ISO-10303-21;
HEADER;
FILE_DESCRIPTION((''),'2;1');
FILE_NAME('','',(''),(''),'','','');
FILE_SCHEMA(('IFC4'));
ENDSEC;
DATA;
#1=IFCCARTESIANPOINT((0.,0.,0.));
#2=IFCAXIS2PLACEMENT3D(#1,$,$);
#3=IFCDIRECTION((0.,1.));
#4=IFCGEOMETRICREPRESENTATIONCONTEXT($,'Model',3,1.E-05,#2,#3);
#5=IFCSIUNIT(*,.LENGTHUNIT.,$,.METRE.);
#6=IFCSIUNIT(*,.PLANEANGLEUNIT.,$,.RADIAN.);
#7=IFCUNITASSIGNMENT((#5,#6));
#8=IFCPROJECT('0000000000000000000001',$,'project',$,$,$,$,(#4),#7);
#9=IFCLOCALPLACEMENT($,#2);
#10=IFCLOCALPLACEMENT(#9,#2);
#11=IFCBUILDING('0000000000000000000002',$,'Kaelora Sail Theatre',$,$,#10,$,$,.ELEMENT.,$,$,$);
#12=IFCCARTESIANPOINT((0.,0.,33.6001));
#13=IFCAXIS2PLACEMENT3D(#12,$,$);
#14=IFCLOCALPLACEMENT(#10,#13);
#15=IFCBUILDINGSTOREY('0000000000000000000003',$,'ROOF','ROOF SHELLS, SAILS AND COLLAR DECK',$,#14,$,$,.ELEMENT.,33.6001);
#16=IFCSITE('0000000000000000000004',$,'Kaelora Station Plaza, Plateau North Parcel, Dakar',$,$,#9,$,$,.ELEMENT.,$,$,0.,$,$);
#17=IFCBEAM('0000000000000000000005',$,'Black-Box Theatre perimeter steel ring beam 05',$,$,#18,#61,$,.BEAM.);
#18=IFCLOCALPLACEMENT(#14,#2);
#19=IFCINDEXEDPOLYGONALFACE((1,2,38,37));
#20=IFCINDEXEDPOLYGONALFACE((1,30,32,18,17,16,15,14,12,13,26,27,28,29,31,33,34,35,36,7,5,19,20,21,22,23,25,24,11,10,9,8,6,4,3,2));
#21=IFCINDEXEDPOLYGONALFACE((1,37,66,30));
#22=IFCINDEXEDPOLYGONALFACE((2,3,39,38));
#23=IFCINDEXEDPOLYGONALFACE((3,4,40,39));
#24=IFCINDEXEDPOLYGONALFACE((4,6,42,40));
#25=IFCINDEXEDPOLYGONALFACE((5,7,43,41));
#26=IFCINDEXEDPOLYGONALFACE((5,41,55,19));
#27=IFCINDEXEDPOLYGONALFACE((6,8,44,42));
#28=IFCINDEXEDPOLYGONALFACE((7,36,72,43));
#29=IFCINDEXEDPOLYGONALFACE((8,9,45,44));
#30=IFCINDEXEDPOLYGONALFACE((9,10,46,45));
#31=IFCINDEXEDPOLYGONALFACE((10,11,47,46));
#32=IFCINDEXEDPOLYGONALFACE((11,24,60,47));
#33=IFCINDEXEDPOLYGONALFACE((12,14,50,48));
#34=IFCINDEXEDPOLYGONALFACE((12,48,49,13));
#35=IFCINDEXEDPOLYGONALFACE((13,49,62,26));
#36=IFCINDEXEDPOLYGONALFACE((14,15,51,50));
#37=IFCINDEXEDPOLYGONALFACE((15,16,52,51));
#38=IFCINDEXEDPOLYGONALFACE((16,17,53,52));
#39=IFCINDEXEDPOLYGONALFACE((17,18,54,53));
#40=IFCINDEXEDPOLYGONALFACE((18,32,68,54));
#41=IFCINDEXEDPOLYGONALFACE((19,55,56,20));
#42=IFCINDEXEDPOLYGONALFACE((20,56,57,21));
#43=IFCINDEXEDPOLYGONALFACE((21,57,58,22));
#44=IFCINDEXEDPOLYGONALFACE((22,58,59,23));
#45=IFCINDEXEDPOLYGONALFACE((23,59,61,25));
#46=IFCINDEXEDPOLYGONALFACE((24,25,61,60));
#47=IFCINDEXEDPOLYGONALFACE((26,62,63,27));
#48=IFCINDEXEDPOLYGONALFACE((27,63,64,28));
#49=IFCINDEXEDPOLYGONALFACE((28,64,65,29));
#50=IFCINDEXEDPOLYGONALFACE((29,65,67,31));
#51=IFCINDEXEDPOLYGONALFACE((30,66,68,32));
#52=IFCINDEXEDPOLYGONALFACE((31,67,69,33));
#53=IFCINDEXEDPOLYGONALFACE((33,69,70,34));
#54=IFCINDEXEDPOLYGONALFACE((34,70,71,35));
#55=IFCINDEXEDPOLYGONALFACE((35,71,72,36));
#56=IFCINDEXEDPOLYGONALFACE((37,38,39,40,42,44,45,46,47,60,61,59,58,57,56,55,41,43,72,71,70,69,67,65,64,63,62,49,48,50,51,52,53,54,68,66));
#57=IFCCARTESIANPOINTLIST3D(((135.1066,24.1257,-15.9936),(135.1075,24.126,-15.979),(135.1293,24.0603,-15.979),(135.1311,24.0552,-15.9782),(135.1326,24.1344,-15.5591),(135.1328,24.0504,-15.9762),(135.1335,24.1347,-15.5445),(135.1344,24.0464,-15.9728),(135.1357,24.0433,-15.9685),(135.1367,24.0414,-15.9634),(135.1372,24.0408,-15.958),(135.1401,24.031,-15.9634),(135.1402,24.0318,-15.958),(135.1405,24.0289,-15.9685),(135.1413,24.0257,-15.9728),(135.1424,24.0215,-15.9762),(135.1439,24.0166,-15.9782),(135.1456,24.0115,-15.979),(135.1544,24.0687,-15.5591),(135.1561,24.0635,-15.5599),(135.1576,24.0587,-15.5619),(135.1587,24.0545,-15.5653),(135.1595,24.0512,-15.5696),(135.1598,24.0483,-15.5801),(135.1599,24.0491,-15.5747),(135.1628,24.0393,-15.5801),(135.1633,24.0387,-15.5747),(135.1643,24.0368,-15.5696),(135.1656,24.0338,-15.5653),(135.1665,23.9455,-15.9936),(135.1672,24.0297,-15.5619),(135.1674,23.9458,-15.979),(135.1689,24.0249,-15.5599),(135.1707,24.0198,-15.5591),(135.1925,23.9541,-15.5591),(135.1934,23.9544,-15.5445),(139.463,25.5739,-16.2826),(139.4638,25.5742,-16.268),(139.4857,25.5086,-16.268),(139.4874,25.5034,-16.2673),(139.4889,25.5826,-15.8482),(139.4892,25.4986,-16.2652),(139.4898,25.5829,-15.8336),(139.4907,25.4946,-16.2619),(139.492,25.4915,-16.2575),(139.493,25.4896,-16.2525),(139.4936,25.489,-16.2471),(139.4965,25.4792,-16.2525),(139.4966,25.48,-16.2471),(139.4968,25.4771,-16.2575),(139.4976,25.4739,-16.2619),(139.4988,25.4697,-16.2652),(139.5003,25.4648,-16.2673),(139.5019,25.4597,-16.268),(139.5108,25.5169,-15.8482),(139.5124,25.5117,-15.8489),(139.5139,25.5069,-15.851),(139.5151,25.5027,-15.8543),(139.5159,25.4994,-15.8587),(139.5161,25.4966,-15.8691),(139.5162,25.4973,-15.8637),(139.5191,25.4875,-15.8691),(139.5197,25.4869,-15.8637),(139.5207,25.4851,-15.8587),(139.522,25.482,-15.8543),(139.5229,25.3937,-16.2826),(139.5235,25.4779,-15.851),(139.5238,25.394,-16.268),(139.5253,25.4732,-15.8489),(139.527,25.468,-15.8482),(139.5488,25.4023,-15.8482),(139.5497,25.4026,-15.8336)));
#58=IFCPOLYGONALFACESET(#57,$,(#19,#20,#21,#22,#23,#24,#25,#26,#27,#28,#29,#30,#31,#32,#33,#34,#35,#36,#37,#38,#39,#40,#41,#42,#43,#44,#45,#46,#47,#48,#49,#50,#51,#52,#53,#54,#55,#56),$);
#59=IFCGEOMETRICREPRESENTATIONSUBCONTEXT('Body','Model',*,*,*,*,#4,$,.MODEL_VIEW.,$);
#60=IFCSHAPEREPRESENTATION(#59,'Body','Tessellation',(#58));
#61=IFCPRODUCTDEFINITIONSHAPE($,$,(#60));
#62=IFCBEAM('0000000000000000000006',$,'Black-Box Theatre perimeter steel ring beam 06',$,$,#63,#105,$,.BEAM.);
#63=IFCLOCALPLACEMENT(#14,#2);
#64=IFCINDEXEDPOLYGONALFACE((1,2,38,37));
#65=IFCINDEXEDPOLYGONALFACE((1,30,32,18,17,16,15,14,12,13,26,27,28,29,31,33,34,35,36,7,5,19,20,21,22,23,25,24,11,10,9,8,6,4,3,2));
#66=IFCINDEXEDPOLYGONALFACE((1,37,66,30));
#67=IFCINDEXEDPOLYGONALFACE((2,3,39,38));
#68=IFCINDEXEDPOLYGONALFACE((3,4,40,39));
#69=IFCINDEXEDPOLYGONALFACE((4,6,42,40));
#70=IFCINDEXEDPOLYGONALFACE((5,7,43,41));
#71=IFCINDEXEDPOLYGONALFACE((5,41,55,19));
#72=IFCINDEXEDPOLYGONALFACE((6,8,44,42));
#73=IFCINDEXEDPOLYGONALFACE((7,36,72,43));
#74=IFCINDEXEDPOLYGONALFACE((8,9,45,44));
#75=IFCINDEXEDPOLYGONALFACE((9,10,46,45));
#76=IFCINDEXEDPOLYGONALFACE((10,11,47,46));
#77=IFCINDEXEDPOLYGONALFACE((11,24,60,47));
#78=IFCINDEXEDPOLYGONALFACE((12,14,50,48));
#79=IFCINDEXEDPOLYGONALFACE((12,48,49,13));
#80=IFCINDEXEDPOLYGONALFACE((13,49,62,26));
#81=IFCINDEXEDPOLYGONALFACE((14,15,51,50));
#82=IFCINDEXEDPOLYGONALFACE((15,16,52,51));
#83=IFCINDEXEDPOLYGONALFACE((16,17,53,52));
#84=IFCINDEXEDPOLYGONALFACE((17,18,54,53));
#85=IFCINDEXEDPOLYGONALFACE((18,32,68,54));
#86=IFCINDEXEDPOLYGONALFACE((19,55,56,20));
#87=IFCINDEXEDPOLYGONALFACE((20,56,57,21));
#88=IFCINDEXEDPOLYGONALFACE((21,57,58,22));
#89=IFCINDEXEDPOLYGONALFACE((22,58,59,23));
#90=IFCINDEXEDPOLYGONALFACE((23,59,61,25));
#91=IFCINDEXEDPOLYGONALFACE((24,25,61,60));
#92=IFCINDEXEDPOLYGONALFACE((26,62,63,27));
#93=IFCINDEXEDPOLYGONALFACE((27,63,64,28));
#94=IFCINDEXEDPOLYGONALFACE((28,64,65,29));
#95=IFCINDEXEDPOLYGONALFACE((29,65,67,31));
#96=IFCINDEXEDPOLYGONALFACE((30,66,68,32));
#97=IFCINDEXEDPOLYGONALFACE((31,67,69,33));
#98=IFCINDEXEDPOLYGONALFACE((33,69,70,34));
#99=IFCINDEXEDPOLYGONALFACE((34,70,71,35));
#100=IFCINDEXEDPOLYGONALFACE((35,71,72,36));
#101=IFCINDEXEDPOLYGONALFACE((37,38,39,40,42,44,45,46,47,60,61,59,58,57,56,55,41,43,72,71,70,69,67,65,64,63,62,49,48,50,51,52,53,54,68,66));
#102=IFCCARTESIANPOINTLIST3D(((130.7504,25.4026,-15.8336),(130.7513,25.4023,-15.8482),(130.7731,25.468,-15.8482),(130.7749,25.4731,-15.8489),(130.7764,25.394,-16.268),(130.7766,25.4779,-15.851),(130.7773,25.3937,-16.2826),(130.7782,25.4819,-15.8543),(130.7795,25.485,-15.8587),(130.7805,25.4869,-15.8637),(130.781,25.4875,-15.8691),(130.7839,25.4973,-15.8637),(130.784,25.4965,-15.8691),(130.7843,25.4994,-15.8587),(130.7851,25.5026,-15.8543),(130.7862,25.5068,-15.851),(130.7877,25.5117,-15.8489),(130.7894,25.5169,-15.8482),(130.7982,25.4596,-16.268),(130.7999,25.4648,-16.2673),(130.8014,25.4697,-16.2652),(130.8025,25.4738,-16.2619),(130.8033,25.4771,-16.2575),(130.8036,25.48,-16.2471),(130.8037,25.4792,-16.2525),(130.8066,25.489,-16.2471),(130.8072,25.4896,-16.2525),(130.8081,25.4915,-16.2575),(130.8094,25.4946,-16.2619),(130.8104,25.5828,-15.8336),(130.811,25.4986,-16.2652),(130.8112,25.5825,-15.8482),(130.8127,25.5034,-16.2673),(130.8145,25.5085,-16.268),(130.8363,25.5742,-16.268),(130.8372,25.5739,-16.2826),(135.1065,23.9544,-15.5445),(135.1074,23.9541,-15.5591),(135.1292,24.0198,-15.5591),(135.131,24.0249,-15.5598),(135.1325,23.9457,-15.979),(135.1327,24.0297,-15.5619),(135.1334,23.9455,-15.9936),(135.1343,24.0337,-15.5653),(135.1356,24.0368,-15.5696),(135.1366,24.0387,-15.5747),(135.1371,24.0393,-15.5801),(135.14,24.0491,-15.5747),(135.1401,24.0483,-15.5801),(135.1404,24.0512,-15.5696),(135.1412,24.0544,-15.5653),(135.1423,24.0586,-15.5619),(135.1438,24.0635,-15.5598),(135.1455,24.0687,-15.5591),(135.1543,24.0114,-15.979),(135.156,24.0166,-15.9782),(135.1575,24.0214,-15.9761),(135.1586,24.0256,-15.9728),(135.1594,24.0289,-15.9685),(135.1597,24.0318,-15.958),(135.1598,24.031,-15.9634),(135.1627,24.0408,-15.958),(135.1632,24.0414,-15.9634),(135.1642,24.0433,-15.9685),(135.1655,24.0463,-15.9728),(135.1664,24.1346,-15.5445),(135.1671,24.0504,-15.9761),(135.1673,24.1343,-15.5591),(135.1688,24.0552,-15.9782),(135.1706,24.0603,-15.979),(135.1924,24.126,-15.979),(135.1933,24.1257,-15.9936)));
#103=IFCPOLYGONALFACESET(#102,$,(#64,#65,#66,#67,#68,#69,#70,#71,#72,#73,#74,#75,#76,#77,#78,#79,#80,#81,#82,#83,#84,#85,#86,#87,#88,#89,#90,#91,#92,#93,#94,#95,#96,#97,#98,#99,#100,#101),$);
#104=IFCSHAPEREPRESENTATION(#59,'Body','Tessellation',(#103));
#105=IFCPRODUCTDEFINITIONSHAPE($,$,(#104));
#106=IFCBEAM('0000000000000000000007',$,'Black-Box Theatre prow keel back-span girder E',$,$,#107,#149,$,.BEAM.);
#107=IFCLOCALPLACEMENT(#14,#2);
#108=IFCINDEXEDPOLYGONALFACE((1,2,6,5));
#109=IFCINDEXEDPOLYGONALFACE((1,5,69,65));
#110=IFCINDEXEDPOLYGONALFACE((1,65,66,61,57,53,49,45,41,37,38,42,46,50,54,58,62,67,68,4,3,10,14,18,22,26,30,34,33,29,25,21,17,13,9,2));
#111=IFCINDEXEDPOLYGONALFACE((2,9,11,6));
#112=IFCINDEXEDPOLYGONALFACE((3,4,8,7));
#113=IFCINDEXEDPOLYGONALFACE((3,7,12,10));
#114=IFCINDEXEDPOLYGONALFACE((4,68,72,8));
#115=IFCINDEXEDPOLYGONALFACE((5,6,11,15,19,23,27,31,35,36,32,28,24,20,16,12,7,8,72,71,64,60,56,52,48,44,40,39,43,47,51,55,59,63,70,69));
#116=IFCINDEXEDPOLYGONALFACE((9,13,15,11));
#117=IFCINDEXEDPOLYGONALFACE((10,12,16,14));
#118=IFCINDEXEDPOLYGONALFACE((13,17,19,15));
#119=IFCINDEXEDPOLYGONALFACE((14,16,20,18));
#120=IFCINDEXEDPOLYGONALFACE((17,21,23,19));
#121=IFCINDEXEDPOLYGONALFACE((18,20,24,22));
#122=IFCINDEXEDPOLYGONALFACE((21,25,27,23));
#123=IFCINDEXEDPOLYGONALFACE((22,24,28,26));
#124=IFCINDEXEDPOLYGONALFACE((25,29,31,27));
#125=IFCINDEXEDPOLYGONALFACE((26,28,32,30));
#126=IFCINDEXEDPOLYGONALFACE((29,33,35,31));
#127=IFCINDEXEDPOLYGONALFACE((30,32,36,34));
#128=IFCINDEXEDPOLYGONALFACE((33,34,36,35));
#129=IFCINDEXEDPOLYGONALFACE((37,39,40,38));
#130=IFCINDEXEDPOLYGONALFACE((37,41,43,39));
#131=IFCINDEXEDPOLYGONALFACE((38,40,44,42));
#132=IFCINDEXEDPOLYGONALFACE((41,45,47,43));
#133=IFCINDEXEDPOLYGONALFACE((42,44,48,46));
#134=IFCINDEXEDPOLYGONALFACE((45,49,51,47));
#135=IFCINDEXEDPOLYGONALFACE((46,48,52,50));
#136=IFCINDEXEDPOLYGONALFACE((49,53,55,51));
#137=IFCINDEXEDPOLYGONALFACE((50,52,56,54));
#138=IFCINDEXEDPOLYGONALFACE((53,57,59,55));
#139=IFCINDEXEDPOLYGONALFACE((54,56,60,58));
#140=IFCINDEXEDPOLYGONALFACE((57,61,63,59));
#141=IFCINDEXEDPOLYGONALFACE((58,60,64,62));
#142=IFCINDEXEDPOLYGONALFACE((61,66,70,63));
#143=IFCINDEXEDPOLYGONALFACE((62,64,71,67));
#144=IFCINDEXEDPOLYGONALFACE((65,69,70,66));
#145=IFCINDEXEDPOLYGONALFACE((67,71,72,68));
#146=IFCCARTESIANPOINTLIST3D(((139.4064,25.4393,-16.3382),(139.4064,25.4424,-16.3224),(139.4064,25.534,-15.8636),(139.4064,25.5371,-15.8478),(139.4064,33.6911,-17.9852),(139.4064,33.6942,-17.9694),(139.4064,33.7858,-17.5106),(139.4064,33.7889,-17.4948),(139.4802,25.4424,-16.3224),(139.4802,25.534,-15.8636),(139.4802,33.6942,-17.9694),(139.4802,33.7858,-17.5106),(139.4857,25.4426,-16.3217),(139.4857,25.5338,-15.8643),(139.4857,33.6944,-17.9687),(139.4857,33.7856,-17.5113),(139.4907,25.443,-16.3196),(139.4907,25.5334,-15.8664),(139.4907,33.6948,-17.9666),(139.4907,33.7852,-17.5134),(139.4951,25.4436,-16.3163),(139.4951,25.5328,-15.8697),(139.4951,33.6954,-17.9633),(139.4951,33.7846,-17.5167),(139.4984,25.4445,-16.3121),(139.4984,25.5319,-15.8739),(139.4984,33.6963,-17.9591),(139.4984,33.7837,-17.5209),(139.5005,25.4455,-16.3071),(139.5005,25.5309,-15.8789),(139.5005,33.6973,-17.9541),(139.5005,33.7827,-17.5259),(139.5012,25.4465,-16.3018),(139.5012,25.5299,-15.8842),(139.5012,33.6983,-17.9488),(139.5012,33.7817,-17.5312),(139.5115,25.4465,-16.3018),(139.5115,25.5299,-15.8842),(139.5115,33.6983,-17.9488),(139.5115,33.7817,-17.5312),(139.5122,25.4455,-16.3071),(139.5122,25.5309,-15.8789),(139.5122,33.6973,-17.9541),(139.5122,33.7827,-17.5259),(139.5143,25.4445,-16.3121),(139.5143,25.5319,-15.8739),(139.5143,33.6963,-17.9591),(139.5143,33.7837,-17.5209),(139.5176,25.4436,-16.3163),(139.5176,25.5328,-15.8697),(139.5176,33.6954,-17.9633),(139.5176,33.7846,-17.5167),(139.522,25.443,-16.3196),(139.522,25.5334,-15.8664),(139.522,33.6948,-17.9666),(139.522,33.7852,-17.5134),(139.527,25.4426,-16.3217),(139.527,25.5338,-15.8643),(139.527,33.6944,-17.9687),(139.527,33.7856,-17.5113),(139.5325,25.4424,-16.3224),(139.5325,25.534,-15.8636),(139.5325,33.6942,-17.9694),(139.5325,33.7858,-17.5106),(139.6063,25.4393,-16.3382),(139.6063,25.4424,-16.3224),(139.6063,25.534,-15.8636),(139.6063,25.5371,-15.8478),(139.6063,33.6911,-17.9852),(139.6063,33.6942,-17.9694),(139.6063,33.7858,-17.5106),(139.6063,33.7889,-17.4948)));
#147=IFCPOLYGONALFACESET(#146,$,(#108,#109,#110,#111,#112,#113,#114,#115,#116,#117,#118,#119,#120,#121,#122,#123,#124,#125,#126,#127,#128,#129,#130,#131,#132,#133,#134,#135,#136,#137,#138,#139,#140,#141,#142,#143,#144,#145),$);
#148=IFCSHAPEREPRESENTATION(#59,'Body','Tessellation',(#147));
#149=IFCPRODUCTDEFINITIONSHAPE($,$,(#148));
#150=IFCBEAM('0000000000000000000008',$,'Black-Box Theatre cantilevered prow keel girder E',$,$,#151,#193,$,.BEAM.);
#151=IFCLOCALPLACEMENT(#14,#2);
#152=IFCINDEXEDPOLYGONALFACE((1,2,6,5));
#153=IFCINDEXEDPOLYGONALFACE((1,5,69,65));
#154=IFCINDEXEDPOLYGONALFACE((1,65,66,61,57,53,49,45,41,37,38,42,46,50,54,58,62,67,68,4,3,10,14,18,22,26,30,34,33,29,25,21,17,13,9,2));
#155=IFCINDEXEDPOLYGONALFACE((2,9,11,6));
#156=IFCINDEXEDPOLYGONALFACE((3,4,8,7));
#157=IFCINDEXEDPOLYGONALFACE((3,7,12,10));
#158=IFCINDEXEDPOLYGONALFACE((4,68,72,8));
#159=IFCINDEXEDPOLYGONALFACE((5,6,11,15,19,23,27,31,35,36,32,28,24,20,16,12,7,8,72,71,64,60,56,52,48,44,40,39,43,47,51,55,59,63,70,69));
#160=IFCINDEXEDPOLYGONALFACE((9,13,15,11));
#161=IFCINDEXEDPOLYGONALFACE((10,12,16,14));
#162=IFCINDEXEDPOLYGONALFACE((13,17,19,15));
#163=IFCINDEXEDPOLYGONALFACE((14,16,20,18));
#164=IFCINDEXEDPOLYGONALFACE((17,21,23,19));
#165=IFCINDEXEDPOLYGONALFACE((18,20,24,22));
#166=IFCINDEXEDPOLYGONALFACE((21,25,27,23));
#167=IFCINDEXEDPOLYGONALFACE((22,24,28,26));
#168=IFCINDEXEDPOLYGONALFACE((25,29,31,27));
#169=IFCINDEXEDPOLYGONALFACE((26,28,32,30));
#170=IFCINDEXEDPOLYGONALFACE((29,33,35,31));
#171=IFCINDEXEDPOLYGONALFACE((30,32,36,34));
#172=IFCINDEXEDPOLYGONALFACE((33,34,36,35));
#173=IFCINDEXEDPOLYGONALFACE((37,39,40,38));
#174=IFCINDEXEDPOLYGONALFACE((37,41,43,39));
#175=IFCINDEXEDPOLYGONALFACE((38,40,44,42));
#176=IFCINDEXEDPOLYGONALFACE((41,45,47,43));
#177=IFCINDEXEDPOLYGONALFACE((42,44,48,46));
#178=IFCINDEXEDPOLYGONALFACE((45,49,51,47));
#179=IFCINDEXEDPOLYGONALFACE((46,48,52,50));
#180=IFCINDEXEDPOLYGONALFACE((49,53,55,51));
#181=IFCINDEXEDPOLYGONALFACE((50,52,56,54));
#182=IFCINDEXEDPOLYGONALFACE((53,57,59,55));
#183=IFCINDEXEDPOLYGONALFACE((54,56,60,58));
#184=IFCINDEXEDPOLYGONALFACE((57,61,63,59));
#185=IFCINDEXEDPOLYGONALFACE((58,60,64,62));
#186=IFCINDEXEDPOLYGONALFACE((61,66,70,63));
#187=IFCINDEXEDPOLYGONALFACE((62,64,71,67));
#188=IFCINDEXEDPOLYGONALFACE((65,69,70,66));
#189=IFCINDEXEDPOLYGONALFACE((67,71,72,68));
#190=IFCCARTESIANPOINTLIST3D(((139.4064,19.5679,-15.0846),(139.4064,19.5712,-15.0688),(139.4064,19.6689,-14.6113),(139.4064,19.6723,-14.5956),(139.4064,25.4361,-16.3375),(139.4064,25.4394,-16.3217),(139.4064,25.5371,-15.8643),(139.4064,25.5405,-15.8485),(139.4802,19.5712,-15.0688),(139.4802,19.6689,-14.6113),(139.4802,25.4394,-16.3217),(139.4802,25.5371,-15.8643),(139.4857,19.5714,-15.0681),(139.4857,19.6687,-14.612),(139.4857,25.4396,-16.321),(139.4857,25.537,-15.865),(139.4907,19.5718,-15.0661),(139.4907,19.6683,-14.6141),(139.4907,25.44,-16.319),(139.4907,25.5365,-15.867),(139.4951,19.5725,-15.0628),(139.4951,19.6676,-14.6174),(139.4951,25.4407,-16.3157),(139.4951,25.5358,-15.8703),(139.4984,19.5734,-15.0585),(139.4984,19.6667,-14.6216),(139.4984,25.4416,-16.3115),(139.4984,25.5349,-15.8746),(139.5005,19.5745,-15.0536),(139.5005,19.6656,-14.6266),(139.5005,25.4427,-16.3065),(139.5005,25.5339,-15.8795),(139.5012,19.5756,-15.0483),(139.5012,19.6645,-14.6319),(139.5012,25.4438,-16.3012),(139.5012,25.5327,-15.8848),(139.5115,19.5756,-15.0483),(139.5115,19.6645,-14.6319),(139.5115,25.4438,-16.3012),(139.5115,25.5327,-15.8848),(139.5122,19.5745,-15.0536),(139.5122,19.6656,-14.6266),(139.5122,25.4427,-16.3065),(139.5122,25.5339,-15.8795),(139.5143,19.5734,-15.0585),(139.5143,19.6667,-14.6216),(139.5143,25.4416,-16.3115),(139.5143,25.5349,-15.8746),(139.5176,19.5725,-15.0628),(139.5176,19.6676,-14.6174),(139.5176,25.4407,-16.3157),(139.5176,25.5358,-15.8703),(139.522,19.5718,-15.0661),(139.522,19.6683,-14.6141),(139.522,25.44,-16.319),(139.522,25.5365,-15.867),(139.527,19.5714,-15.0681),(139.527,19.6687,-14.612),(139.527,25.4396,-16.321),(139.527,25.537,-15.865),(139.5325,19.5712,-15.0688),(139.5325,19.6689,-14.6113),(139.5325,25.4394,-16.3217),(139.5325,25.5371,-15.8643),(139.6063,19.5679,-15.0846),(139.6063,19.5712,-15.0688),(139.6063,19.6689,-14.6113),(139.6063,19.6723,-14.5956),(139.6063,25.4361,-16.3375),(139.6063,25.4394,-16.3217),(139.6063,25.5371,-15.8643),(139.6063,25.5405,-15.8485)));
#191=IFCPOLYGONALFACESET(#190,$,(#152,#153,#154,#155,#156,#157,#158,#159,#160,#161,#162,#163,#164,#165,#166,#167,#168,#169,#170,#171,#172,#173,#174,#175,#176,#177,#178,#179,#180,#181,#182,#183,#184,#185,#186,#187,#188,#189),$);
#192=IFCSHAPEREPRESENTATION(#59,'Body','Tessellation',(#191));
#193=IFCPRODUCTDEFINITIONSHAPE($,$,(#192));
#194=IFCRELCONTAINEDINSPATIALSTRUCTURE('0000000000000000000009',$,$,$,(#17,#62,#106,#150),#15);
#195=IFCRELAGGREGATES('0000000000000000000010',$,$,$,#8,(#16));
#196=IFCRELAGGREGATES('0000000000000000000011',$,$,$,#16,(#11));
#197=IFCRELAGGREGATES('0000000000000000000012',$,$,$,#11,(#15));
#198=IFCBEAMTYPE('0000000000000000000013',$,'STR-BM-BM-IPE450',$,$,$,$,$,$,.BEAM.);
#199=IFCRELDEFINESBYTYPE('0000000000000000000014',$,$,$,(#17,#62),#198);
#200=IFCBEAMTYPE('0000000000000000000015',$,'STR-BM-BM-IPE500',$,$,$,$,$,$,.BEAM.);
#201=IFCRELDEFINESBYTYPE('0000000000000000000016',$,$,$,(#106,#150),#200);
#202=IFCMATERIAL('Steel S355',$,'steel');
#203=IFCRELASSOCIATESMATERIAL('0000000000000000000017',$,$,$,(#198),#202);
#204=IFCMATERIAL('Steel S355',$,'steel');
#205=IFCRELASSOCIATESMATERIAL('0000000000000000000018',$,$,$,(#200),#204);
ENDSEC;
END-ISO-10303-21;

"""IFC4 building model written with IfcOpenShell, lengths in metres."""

from ifc_helpers import new_model, si_unit, direction, frame, origin, origin_2d, place, context, subcontext, project, spatial, i_section, extrude, material, material_profile, profile_set, type_object, element, save


model = new_model("IFC4")

# Units and contexts
model_context = context("Model", 3, precision=1e-05, world=origin(), true_north=direction((0.0, 1.0)))
body_context = subcontext(model_context, "Body", "Model", "MODEL_VIEW")
ifc_project = project(units=[si_unit("LENGTHUNIT", "METRE"), si_unit("PLANEANGLEUNIT", "RADIAN")], contexts=[model_context])

# Site, building, storey
site_placement = place(None, origin())
site = spatial("IfcSite", under=ifc_project, at=site_placement, Name="Kaelora Station Plaza, Plateau North Parcel, Dakar", CompositionType="ELEMENT", RefElevation=0.0)
building_placement = place(site_placement, origin())
building = spatial("IfcBuilding", under=site, at=building_placement, Name="Kaelora Sail Theatre", CompositionType="ELEMENT")
storey_placement = place(building_placement, frame((0.0, 0.0, 33.6001)))
storey = spatial("IfcBuildingStorey", under=building, at=storey_placement, Name="ROOF", Description="ROOF SHELLS, SAILS AND COLLAR DECK", CompositionType="ELEMENT", Elevation=33.6001)

# Beams
ifc_material_1 = material(Name="Steel S355", Category="steel")
ifc_material_profile_1 = material_profile(ifc_material_1, i_section(OverallWidth=0.1899, OverallDepth=0.45, WebThickness=0.0095, FlangeThickness=0.0146, FilletRadius=0.021, at=origin_2d()), Name="IPE 450")
ifc_profile_set_1 = profile_set([ifc_material_profile_1], Name="Steel S355")
beam_type_1 = type_object("IfcBeamType", Name="STR-BM-BM-IPE450", PredefinedType="BEAM", material=ifc_profile_set_1)
beam_1_placement = place(storey_placement, frame((139.5063, 25.4883, -16.0581), z_axis=(-0.947063, -0.314838, 0.06284), x_axis=(0.315462, -0.948938, 0.0)))
element("IfcBeam", 1, at=beam_1_placement, inside=storey, type_object=beam_type_1, Name="Black-Box Theatre perimeter steel ring beam 05", PredefinedType="BEAM", context=body_context, shape_type="SweptSolid", body=[
    extrude(i_section(OverallWidth=0.1899, OverallDepth=0.45, WebThickness=0.0095, FlangeThickness=0.0146, FilletRadius=0.021, at=origin_2d()), origin(), (0.0, 0.0, 1.0), 4.5999),
])
beam_2_placement = place(storey_placement, frame((135.1499, 24.04, -15.769), z_axis=(-0.947057, 0.314854, -0.062843), x_axis=(-0.315478, -0.948933, 0.0)))
element("IfcBeam", 2, at=beam_2_placement, inside=storey, type_object=beam_type_1, Name="Black-Box Theatre perimeter steel ring beam 06", PredefinedType="BEAM", context=body_context, shape_type="SweptSolid", body=[
    extrude(i_section(OverallWidth=0.1899, OverallDepth=0.45, WebThickness=0.0095, FlangeThickness=0.0146, FilletRadius=0.021, at=origin_2d()), origin(), (0.0, 0.0, 1.0), 4.5996),
])
ifc_material_2 = material(Name="Steel S355", Category="steel")
ifc_material_profile_2 = material_profile(ifc_material_2, i_section(OverallWidth=0.2, OverallDepth=0.5, WebThickness=0.0103, FlangeThickness=0.0161, FilletRadius=0.021, at=origin_2d()), Name="IPE 500")
ifc_profile_set_2 = profile_set([ifc_material_profile_2], Name="Steel S355")
beam_type_2 = type_object("IfcBeamType", Name="STR-BM-BM-IPE500", PredefinedType="BEAM", material=ifc_profile_set_2)
beam_3_placement = place(storey_placement, frame((139.5063, 33.74, -17.74), z_axis=(0.0, -0.980658, 0.195731), x_axis=(1.0, 0.0, 0.0)))
element("IfcBeam", 3, at=beam_3_placement, inside=storey, type_object=beam_type_2, Name="Black-Box Theatre prow keel back-span girder E", PredefinedType="BEAM", context=body_context, shape_type="SweptSolid", body=[
    extrude(i_section(OverallWidth=0.2, OverallDepth=0.5, WebThickness=0.0103, FlangeThickness=0.0161, FilletRadius=0.021, at=origin_2d()), origin(), (0.0, 0.0, 1.0), 8.4146),
])
beam_4_placement = place(storey_placement, frame((139.5063, 25.4883, -16.093), z_axis=(0.0, -0.977957, 0.208807), x_axis=(1.0, 0.0, 0.0)))
element("IfcBeam", 4, at=beam_4_placement, inside=storey, type_object=beam_type_2, Name="Black-Box Theatre cantilevered prow keel girder E", PredefinedType="BEAM", context=body_context, shape_type="SweptSolid", body=[
    extrude(i_section(OverallWidth=0.2, OverallDepth=0.5, WebThickness=0.0103, FlangeThickness=0.0161, FilletRadius=0.021, at=origin_2d()), origin(), (0.0, 0.0, 1.0), 6.0005),
])

save(model, "model.ifc")
